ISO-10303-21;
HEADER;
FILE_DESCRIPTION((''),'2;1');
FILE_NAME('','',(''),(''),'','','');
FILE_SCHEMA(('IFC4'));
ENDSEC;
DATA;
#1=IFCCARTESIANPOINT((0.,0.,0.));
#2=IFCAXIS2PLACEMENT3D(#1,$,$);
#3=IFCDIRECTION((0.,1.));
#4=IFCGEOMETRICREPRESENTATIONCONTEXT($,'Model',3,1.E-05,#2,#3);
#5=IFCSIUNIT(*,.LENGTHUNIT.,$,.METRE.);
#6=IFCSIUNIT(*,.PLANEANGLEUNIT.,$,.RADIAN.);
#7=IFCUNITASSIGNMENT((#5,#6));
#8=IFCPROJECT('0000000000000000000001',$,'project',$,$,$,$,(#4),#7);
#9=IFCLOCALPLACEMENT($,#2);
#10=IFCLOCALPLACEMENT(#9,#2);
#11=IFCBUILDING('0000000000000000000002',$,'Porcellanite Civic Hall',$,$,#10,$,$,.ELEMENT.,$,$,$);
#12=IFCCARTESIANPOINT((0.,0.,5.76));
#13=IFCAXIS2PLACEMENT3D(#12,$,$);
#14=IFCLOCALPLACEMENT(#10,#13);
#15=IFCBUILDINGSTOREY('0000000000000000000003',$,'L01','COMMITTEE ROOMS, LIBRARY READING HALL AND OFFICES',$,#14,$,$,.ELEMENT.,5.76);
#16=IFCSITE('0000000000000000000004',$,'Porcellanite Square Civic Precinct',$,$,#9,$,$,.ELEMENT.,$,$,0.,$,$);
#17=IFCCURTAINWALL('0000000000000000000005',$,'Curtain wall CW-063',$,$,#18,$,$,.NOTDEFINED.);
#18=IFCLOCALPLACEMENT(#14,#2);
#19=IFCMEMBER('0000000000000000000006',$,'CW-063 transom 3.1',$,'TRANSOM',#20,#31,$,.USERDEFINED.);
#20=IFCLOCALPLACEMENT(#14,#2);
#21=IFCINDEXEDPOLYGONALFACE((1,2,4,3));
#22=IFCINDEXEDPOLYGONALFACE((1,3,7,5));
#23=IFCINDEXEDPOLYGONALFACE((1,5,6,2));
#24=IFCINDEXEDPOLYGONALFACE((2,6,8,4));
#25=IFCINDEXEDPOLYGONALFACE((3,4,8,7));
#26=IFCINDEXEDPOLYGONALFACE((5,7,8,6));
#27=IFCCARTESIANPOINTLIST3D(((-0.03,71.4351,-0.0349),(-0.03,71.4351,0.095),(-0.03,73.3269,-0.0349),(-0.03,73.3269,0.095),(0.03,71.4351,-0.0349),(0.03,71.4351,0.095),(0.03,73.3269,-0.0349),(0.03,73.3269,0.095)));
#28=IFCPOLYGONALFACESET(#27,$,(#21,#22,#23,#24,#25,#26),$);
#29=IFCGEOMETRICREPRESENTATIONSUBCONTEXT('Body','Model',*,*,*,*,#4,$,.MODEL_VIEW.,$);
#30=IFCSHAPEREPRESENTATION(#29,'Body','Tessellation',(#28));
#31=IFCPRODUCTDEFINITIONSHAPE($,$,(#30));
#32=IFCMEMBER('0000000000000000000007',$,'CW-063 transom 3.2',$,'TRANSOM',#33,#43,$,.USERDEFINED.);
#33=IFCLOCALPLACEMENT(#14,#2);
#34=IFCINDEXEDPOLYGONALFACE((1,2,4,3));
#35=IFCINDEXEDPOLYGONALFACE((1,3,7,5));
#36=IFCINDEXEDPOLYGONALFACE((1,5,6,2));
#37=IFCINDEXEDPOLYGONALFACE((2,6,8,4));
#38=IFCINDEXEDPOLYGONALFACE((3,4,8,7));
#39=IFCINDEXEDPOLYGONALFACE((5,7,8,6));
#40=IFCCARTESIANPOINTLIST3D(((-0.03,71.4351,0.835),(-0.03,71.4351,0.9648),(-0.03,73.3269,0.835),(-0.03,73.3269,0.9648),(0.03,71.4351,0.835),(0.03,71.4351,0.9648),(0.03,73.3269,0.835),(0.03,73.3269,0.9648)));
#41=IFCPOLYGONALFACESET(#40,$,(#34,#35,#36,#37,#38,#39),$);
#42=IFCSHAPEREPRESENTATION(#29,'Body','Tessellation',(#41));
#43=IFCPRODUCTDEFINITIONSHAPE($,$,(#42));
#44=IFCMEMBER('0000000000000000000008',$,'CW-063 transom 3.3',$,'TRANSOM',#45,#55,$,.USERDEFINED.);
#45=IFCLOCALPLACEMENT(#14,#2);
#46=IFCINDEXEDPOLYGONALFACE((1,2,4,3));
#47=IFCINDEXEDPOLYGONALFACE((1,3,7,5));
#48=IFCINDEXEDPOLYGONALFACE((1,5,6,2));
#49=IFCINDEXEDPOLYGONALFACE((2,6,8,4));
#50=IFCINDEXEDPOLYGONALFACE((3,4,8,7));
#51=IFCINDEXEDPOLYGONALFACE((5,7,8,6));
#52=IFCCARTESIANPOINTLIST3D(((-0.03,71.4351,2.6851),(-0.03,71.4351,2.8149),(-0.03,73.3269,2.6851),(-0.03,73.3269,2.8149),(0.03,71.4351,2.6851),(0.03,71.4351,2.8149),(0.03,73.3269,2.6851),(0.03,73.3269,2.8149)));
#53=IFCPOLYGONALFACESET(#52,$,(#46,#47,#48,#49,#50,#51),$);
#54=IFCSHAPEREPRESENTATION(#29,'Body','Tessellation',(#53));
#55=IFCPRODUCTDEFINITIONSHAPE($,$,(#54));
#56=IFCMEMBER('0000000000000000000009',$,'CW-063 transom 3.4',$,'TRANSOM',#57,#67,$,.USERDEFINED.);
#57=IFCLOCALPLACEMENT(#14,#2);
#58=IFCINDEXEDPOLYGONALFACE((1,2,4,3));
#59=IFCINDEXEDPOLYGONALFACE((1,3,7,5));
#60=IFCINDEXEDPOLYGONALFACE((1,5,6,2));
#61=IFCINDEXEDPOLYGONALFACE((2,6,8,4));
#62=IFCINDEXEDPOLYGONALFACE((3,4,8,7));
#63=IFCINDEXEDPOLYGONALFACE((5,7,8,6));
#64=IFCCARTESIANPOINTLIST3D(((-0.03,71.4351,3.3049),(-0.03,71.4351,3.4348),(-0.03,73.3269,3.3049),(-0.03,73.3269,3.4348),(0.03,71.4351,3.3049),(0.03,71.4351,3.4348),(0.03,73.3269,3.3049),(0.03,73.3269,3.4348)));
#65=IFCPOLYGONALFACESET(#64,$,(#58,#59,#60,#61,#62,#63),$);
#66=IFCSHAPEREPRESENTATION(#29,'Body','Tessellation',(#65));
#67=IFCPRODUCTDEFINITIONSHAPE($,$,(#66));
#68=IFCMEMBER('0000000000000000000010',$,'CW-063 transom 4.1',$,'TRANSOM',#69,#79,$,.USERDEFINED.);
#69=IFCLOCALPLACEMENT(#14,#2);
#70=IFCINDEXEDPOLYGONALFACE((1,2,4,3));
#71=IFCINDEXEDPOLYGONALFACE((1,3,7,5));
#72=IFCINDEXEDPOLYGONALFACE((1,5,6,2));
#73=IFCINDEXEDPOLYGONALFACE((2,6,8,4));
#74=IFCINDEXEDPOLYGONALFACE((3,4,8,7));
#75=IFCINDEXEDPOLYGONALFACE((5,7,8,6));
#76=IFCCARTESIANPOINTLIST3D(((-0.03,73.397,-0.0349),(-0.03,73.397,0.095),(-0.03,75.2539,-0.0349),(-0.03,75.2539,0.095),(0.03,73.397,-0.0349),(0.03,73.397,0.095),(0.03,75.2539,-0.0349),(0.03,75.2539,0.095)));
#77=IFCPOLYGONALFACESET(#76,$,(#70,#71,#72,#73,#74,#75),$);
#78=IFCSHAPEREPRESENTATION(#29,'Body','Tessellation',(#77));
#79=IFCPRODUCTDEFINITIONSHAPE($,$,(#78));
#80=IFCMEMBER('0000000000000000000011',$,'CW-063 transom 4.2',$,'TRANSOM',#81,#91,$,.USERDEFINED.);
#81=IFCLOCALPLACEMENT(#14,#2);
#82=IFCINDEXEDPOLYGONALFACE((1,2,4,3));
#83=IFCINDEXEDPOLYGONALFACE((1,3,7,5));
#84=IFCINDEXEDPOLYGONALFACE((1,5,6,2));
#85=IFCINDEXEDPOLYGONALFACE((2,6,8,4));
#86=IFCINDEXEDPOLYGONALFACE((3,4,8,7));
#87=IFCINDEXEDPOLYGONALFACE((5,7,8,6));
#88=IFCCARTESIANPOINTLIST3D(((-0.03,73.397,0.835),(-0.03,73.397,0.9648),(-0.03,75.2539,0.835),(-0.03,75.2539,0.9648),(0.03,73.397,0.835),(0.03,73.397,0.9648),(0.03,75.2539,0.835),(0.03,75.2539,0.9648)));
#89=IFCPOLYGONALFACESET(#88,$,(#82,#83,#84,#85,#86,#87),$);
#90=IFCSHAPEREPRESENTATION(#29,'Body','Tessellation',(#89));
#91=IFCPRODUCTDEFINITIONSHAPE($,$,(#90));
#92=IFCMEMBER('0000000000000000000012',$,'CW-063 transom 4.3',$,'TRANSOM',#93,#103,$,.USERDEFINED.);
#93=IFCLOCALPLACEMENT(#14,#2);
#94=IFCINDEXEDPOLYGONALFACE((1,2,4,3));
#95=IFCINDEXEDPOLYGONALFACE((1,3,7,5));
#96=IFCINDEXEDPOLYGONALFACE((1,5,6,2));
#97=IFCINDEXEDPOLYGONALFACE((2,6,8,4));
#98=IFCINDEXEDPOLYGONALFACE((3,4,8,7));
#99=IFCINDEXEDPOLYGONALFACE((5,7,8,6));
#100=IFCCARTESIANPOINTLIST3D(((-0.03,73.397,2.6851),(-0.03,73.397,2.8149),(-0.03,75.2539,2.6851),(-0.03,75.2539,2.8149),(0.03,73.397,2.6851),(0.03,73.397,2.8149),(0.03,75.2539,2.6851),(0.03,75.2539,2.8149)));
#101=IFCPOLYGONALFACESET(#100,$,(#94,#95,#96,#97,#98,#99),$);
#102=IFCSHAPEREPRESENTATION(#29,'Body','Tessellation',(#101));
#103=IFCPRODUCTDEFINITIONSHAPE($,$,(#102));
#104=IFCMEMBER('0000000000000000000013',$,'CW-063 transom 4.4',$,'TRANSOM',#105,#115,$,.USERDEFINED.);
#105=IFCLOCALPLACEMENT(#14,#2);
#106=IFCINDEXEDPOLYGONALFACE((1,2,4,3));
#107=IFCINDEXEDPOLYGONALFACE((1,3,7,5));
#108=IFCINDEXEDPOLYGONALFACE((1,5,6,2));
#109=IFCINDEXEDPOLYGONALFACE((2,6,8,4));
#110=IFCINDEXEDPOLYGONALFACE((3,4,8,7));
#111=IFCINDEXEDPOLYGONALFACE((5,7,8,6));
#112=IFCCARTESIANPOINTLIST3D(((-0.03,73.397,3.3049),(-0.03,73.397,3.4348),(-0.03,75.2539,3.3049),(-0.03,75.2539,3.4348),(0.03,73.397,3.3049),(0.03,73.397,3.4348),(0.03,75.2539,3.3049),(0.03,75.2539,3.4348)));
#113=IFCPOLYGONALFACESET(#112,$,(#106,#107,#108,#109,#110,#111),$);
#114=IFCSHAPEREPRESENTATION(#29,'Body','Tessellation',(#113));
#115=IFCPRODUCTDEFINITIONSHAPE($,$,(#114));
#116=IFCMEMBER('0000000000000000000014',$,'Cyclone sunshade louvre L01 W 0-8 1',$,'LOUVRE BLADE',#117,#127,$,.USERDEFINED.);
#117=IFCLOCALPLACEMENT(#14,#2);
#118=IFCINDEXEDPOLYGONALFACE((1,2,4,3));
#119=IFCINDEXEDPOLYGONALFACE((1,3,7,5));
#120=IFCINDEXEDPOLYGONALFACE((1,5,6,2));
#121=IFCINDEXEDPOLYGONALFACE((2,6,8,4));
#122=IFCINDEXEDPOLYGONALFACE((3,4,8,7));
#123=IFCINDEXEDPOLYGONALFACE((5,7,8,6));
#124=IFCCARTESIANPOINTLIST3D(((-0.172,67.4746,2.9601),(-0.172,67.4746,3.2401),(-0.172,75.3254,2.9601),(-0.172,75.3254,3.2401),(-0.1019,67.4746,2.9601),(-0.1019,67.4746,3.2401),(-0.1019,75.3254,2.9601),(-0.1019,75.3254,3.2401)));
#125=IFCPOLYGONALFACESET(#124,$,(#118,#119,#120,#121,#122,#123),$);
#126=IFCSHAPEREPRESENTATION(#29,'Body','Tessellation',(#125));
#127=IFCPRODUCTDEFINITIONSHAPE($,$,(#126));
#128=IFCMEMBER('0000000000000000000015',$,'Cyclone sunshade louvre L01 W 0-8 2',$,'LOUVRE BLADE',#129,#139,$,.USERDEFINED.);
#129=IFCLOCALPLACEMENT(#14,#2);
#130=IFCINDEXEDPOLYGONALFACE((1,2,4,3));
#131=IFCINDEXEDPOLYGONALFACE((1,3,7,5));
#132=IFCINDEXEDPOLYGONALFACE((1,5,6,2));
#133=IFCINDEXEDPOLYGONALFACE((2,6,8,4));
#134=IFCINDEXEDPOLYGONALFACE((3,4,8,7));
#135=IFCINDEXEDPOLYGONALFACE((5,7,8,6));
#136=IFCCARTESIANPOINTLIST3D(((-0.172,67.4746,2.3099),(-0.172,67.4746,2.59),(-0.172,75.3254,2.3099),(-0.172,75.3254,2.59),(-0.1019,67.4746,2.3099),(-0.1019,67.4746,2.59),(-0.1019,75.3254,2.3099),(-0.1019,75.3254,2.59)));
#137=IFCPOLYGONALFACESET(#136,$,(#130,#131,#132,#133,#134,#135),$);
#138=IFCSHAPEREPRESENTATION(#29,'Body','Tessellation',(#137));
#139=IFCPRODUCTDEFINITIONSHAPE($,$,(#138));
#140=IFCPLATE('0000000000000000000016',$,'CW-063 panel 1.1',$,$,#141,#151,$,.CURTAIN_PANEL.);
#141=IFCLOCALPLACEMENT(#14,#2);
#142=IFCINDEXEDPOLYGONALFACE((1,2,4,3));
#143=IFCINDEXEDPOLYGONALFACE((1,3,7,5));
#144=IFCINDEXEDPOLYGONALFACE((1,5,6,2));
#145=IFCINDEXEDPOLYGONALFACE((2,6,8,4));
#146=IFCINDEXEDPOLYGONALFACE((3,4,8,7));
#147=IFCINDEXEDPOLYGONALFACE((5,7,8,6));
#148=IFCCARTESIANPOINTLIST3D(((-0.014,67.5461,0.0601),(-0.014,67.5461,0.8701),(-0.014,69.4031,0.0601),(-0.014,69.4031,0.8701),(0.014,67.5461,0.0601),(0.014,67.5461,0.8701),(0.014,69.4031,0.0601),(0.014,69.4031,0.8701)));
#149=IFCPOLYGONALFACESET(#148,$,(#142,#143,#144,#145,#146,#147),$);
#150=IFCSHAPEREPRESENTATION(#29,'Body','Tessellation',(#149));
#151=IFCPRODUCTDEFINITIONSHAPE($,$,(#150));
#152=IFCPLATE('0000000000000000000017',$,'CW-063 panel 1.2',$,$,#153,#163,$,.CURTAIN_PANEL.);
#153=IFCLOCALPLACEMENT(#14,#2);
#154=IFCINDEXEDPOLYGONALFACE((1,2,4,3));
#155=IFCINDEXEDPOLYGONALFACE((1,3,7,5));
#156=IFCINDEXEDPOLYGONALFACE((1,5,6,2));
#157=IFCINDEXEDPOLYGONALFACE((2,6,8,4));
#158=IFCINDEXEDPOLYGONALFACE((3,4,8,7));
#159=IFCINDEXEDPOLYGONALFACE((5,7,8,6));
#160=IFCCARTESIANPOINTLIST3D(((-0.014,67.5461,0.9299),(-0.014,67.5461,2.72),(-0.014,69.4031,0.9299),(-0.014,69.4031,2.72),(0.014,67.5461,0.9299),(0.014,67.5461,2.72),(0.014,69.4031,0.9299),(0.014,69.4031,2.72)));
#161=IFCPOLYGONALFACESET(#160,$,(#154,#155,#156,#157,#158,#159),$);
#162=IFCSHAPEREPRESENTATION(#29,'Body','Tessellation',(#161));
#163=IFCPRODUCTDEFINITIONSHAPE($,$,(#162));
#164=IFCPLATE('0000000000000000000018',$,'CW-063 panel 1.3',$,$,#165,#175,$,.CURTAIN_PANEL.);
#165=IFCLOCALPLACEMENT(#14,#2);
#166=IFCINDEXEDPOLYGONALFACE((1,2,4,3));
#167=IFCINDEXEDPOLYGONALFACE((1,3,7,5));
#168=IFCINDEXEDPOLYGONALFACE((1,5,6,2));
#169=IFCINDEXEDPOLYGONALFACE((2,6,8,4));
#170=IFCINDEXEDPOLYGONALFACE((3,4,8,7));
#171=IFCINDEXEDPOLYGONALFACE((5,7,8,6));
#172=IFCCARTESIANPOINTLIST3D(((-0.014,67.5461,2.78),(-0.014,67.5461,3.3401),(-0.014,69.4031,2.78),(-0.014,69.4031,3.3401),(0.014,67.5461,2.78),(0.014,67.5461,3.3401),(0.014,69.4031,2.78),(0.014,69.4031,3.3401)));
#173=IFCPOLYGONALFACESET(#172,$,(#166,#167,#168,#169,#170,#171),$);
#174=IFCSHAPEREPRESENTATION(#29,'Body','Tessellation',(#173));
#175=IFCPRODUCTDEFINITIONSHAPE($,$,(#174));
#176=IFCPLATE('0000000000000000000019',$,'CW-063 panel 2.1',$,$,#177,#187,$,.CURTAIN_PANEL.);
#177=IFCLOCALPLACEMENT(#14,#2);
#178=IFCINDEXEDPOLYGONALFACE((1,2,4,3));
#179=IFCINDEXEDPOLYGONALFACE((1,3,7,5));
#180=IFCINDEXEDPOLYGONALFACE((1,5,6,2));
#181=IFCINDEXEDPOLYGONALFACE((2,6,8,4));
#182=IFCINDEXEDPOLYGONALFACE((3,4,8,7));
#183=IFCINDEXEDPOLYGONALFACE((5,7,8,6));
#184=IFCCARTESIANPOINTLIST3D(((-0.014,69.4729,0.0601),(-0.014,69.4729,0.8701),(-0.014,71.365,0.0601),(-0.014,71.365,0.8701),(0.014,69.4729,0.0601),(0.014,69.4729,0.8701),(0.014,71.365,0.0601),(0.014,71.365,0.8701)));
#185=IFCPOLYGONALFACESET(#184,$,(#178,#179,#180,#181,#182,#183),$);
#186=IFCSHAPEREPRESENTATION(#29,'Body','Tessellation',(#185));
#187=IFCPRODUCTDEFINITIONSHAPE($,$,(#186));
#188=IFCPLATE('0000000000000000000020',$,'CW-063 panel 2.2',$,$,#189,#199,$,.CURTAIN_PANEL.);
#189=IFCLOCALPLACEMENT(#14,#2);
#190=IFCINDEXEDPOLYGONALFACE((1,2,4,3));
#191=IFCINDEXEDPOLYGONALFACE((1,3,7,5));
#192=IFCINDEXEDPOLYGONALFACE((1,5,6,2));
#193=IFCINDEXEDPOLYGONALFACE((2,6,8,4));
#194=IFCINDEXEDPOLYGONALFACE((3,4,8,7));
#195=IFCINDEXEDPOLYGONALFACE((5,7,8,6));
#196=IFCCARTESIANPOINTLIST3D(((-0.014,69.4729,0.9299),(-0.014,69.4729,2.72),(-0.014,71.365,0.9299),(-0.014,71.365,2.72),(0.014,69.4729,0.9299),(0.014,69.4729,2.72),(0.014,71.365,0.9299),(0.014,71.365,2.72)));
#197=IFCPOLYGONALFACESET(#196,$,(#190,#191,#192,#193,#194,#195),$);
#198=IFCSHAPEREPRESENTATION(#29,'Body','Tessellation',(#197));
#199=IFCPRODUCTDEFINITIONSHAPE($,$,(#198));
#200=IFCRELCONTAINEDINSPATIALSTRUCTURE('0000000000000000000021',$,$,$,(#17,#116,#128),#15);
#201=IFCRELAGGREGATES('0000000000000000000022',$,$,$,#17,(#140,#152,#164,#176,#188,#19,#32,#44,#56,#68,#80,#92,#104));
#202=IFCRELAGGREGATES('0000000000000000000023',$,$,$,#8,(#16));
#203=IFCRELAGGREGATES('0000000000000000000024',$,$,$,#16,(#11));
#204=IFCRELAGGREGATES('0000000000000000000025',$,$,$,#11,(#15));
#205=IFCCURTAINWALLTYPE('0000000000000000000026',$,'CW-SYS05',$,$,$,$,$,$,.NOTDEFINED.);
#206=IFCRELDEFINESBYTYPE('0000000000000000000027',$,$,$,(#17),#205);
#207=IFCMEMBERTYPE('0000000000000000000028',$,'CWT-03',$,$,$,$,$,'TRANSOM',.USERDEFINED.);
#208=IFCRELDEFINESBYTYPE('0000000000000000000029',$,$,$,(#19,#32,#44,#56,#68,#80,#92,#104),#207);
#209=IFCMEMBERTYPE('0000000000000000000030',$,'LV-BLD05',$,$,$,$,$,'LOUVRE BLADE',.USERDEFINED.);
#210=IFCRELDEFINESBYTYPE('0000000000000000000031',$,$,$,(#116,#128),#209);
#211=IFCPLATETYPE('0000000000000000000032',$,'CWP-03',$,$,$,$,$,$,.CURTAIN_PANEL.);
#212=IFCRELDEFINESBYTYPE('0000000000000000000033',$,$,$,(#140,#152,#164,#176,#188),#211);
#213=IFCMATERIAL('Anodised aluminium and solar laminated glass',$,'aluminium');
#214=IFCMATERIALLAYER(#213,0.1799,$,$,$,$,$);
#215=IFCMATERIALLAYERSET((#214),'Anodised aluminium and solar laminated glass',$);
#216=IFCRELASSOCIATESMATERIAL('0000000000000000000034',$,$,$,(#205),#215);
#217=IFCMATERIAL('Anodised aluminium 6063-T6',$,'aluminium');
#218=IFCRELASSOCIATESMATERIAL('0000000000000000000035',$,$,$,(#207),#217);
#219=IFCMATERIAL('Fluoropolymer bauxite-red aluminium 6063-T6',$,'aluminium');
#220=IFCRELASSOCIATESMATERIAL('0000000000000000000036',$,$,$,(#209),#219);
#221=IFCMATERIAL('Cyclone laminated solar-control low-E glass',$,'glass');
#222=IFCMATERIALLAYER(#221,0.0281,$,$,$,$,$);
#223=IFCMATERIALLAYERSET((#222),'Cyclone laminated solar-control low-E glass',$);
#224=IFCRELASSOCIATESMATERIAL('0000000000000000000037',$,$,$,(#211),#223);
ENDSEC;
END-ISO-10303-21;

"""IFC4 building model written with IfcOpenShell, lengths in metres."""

from ifc_helpers import new_model, si_unit, direction, frame, origin, origin_2d, place, context, subcontext, project, spatial, rectangle, extrude, material, layer, layer_set, material_profile, profile_set, type_object, element, aggregate, save


model = new_model("IFC4")

# Units and contexts
model_context = context("Model", 3, precision=1e-05, world=origin(), true_north=direction((0.0, 1.0)))
body_context = subcontext(model_context, "Body", "Model", "MODEL_VIEW")
ifc_project = project(units=[si_unit("LENGTHUNIT", "METRE"), si_unit("PLANEANGLEUNIT", "RADIAN")], contexts=[model_context])

# Site, building, storey
site_placement = place(None, origin())
site = spatial("IfcSite", under=ifc_project, at=site_placement, Name="Porcellanite Square Civic Precinct", CompositionType="ELEMENT", RefElevation=0.0)
building_placement = place(site_placement, origin())
building = spatial("IfcBuilding", under=site, at=building_placement, Name="Porcellanite Civic Hall", CompositionType="ELEMENT")
storey_placement = place(building_placement, frame((0.0, 0.0, 5.76)))
storey = spatial("IfcBuildingStorey", under=building, at=storey_placement, Name="L01", Description="COMMITTEE ROOMS, LIBRARY READING HALL AND OFFICES", CompositionType="ELEMENT", Elevation=5.76)

# Curtain wall, members
ifc_material_1 = material(Name="Anodised aluminium and solar laminated glass", Category="aluminium")
ifc_layer_1 = layer(ifc_material_1, 0.1799)
ifc_layer_set_1 = layer_set([ifc_layer_1], Name="Anodised aluminium and solar laminated glass")
curtain_wall_type = type_object("IfcCurtainWallType", Name="CW-SYS05", PredefinedType="NOTDEFINED", material=ifc_layer_set_1)
curtain_wall_placement = place(storey_placement, origin())
curtain_wall = element("IfcCurtainWall", 1, at=curtain_wall_placement, inside=storey, type_object=curtain_wall_type, Name="Curtain wall CW-063", PredefinedType="NOTDEFINED")
ifc_material_2 = material(Name="Anodised aluminium 6063-T6", Category="aluminium")
ifc_material_profile_1 = material_profile(ifc_material_2, rectangle(XDim=0.0601, YDim=0.1299, at=origin_2d()), Name="AL-60x130")
ifc_profile_set_1 = profile_set([ifc_material_profile_1], Name="Anodised aluminium 6063-T6")
member_type_1 = type_object("IfcMemberType", Name="CWT-03", ElementType="TRANSOM", PredefinedType="USERDEFINED", material=ifc_profile_set_1)
member_1_placement = place(storey_placement, frame((0.0, 71.4351, 0.03), z_axis=(0.0, 1.0, 0.0), x_axis=(-1.0, 0.0, 0.0)))
member_1 = element("IfcMember", 2, at=member_1_placement, type_object=member_type_1, Name="CW-063 transom 3.1", ObjectType="TRANSOM", PredefinedType="USERDEFINED", context=body_context, shape_type="SweptSolid", body=[
    extrude(rectangle(XDim=0.0601, YDim=0.1299, at=origin_2d()), origin(), (0.0, 0.0, 1.0), 1.8918),
])
member_2_placement = place(storey_placement, frame((0.0, 71.4351, 0.8999), z_axis=(0.0, 1.0, 0.0), x_axis=(-1.0, 0.0, 0.0)))
member_2 = element("IfcMember", 3, at=member_2_placement, type_object=member_type_1, Name="CW-063 transom 3.2", ObjectType="TRANSOM", PredefinedType="USERDEFINED", context=body_context, shape_type="SweptSolid", body=[
    extrude(rectangle(XDim=0.0601, YDim=0.1299, at=origin_2d()), origin(), (0.0, 0.0, 1.0), 1.8918),
])
member_3_placement = place(storey_placement, frame((0.0, 71.4351, 2.75), z_axis=(0.0, 1.0, 0.0), x_axis=(-1.0, 0.0, 0.0)))
member_3 = element("IfcMember", 4, at=member_3_placement, type_object=member_type_1, Name="CW-063 transom 3.3", ObjectType="TRANSOM", PredefinedType="USERDEFINED", context=body_context, shape_type="SweptSolid", body=[
    extrude(rectangle(XDim=0.0601, YDim=0.1299, at=origin_2d()), origin(), (0.0, 0.0, 1.0), 1.8918),
])
member_4_placement = place(storey_placement, frame((0.0, 71.4351, 3.3699), z_axis=(0.0, 1.0, 0.0), x_axis=(-1.0, 0.0, 0.0)))
member_4 = element("IfcMember", 5, at=member_4_placement, type_object=member_type_1, Name="CW-063 transom 3.4", ObjectType="TRANSOM", PredefinedType="USERDEFINED", context=body_context, shape_type="SweptSolid", body=[
    extrude(rectangle(XDim=0.0601, YDim=0.1299, at=origin_2d()), origin(), (0.0, 0.0, 1.0), 1.8918),
])
member_5_placement = place(storey_placement, frame((0.0, 73.397, 0.03), z_axis=(0.0, 1.0, 0.0), x_axis=(-1.0, 0.0, 0.0)))
member_5 = element("IfcMember", 6, at=member_5_placement, type_object=member_type_1, Name="CW-063 transom 4.1", ObjectType="TRANSOM", PredefinedType="USERDEFINED", context=body_context, shape_type="SweptSolid", body=[
    extrude(rectangle(XDim=0.0601, YDim=0.1299, at=origin_2d()), origin(), (0.0, 0.0, 1.0), 1.8569),
])
member_6_placement = place(storey_placement, frame((0.0, 73.397, 0.8999), z_axis=(0.0, 1.0, 0.0), x_axis=(-1.0, 0.0, 0.0)))
member_6 = element("IfcMember", 7, at=member_6_placement, type_object=member_type_1, Name="CW-063 transom 4.2", ObjectType="TRANSOM", PredefinedType="USERDEFINED", context=body_context, shape_type="SweptSolid", body=[
    extrude(rectangle(XDim=0.0601, YDim=0.1299, at=origin_2d()), origin(), (0.0, 0.0, 1.0), 1.8569),
])
member_7_placement = place(storey_placement, frame((0.0, 73.397, 2.75), z_axis=(0.0, 1.0, 0.0), x_axis=(-1.0, 0.0, 0.0)))
member_7 = element("IfcMember", 8, at=member_7_placement, type_object=member_type_1, Name="CW-063 transom 4.3", ObjectType="TRANSOM", PredefinedType="USERDEFINED", context=body_context, shape_type="SweptSolid", body=[
    extrude(rectangle(XDim=0.0601, YDim=0.1299, at=origin_2d()), origin(), (0.0, 0.0, 1.0), 1.8569),
])
member_8_placement = place(storey_placement, frame((0.0, 73.397, 3.3699), z_axis=(0.0, 1.0, 0.0), x_axis=(-1.0, 0.0, 0.0)))
member_8 = element("IfcMember", 9, at=member_8_placement, type_object=member_type_1, Name="CW-063 transom 4.4", ObjectType="TRANSOM", PredefinedType="USERDEFINED", context=body_context, shape_type="SweptSolid", body=[
    extrude(rectangle(XDim=0.0601, YDim=0.1299, at=origin_2d()), origin(), (0.0, 0.0, 1.0), 1.8569),
])

# Members
ifc_material_3 = material(Name="Fluoropolymer bauxite-red aluminium 6063-T6", Category="aluminium")
ifc_material_profile_2 = material_profile(ifc_material_3, rectangle(XDim=0.0701, YDim=0.28, at=origin_2d()), Name="AL-70x280")
ifc_profile_set_2 = profile_set([ifc_material_profile_2], Name="Fluoropolymer bauxite-red aluminium 6063-T6")
member_type_2 = type_object("IfcMemberType", Name="LV-BLD05", ElementType="LOUVRE BLADE", PredefinedType="USERDEFINED", material=ifc_profile_set_2)
for number, where, z_axis, x_axis, name in (
    (10, (-0.137, 67.4746, 3.1001), (0.0, 1.0, 0.0), (-1.0, 0.0, 0.0), "Cyclone sunshade louvre L01 W 0-8 1"),
    (11, (-0.137, 67.4746, 2.45), (0.0, 1.0, 0.0), (-1.0, 0.0, 0.0), "Cyclone sunshade louvre L01 W 0-8 2"),
):
    element("IfcMember", number, at=place(storey_placement, frame(where, z_axis=z_axis, x_axis=x_axis)), inside=storey, type_object=member_type_2, Name=name, ObjectType="LOUVRE BLADE", PredefinedType="USERDEFINED", context=body_context, shape_type="SweptSolid", body=[
        extrude(rectangle(XDim=0.0701, YDim=0.28, at=origin_2d()), origin(), (0.0, 0.0, 1.0), 7.8508),
    ])

# Plates
ifc_material_4 = material(Name="Cyclone laminated solar-control low-E glass", Category="glass")
ifc_layer_2 = layer(ifc_material_4, 0.0281)
ifc_layer_set_2 = layer_set([ifc_layer_2], Name="Cyclone laminated solar-control low-E glass")
plate_type = type_object("IfcPlateType", Name="CWP-03", PredefinedType="CURTAIN_PANEL", material=ifc_layer_set_2)
plate_1_placement = place(storey_placement, frame((0.0, 68.4746, 0.0601), z_axis=(0.0, 0.0, 1.0), x_axis=(0.0, 1.0, 0.0)))
plate_1 = element("IfcPlate", 12, at=plate_1_placement, type_object=plate_type, Name="CW-063 panel 1.1", PredefinedType="CURTAIN_PANEL", context=body_context, shape_type="SweptSolid", body=[
    extrude(rectangle(XDim=1.8569, YDim=0.0281, at=origin_2d()), origin(), (0.0, 0.0, 1.0), 0.8101),
])
plate_2_placement = place(storey_placement, frame((0.0, 68.4746, 0.9299), z_axis=(0.0, 0.0, 1.0), x_axis=(0.0, 1.0, 0.0)))
plate_2 = element("IfcPlate", 13, at=plate_2_placement, type_object=plate_type, Name="CW-063 panel 1.2", PredefinedType="CURTAIN_PANEL", context=body_context, shape_type="SweptSolid", body=[
    extrude(rectangle(XDim=1.8569, YDim=0.0281, at=origin_2d()), origin(), (0.0, 0.0, 1.0), 1.79),
])
plate_3_placement = place(storey_placement, frame((0.0, 68.4746, 2.78), z_axis=(0.0, 0.0, 1.0), x_axis=(0.0, 1.0, 0.0)))
plate_3 = element("IfcPlate", 14, at=plate_3_placement, type_object=plate_type, Name="CW-063 panel 1.3", PredefinedType="CURTAIN_PANEL", context=body_context, shape_type="SweptSolid", body=[
    extrude(rectangle(XDim=1.8569, YDim=0.0281, at=origin_2d()), origin(), (0.0, 0.0, 1.0), 0.5601),
])
plate_4_placement = place(storey_placement, frame((0.0, 70.4189, 0.0601), z_axis=(0.0, 0.0, 1.0), x_axis=(0.0, 1.0, 0.0)))
plate_4 = element("IfcPlate", 15, at=plate_4_placement, type_object=plate_type, Name="CW-063 panel 2.1", PredefinedType="CURTAIN_PANEL", context=body_context, shape_type="SweptSolid", body=[
    extrude(rectangle(XDim=1.8921, YDim=0.0281, at=origin_2d()), origin(), (0.0, 0.0, 1.0), 0.8101),
])
plate_5_placement = place(storey_placement, frame((0.0, 70.4189, 0.9299), z_axis=(0.0, 0.0, 1.0), x_axis=(0.0, 1.0, 0.0)))
plate_5 = element("IfcPlate", 16, at=plate_5_placement, type_object=plate_type, Name="CW-063 panel 2.2", PredefinedType="CURTAIN_PANEL", context=body_context, shape_type="SweptSolid", body=[
    extrude(rectangle(XDim=1.8921, YDim=0.0281, at=origin_2d()), origin(), (0.0, 0.0, 1.0), 1.79),
])
aggregate(curtain_wall, [plate_1, plate_2, plate_3, plate_4, plate_5, member_1, member_2, member_3, member_4, member_5, member_6, member_7, member_8])

save(model, "model.ifc")
